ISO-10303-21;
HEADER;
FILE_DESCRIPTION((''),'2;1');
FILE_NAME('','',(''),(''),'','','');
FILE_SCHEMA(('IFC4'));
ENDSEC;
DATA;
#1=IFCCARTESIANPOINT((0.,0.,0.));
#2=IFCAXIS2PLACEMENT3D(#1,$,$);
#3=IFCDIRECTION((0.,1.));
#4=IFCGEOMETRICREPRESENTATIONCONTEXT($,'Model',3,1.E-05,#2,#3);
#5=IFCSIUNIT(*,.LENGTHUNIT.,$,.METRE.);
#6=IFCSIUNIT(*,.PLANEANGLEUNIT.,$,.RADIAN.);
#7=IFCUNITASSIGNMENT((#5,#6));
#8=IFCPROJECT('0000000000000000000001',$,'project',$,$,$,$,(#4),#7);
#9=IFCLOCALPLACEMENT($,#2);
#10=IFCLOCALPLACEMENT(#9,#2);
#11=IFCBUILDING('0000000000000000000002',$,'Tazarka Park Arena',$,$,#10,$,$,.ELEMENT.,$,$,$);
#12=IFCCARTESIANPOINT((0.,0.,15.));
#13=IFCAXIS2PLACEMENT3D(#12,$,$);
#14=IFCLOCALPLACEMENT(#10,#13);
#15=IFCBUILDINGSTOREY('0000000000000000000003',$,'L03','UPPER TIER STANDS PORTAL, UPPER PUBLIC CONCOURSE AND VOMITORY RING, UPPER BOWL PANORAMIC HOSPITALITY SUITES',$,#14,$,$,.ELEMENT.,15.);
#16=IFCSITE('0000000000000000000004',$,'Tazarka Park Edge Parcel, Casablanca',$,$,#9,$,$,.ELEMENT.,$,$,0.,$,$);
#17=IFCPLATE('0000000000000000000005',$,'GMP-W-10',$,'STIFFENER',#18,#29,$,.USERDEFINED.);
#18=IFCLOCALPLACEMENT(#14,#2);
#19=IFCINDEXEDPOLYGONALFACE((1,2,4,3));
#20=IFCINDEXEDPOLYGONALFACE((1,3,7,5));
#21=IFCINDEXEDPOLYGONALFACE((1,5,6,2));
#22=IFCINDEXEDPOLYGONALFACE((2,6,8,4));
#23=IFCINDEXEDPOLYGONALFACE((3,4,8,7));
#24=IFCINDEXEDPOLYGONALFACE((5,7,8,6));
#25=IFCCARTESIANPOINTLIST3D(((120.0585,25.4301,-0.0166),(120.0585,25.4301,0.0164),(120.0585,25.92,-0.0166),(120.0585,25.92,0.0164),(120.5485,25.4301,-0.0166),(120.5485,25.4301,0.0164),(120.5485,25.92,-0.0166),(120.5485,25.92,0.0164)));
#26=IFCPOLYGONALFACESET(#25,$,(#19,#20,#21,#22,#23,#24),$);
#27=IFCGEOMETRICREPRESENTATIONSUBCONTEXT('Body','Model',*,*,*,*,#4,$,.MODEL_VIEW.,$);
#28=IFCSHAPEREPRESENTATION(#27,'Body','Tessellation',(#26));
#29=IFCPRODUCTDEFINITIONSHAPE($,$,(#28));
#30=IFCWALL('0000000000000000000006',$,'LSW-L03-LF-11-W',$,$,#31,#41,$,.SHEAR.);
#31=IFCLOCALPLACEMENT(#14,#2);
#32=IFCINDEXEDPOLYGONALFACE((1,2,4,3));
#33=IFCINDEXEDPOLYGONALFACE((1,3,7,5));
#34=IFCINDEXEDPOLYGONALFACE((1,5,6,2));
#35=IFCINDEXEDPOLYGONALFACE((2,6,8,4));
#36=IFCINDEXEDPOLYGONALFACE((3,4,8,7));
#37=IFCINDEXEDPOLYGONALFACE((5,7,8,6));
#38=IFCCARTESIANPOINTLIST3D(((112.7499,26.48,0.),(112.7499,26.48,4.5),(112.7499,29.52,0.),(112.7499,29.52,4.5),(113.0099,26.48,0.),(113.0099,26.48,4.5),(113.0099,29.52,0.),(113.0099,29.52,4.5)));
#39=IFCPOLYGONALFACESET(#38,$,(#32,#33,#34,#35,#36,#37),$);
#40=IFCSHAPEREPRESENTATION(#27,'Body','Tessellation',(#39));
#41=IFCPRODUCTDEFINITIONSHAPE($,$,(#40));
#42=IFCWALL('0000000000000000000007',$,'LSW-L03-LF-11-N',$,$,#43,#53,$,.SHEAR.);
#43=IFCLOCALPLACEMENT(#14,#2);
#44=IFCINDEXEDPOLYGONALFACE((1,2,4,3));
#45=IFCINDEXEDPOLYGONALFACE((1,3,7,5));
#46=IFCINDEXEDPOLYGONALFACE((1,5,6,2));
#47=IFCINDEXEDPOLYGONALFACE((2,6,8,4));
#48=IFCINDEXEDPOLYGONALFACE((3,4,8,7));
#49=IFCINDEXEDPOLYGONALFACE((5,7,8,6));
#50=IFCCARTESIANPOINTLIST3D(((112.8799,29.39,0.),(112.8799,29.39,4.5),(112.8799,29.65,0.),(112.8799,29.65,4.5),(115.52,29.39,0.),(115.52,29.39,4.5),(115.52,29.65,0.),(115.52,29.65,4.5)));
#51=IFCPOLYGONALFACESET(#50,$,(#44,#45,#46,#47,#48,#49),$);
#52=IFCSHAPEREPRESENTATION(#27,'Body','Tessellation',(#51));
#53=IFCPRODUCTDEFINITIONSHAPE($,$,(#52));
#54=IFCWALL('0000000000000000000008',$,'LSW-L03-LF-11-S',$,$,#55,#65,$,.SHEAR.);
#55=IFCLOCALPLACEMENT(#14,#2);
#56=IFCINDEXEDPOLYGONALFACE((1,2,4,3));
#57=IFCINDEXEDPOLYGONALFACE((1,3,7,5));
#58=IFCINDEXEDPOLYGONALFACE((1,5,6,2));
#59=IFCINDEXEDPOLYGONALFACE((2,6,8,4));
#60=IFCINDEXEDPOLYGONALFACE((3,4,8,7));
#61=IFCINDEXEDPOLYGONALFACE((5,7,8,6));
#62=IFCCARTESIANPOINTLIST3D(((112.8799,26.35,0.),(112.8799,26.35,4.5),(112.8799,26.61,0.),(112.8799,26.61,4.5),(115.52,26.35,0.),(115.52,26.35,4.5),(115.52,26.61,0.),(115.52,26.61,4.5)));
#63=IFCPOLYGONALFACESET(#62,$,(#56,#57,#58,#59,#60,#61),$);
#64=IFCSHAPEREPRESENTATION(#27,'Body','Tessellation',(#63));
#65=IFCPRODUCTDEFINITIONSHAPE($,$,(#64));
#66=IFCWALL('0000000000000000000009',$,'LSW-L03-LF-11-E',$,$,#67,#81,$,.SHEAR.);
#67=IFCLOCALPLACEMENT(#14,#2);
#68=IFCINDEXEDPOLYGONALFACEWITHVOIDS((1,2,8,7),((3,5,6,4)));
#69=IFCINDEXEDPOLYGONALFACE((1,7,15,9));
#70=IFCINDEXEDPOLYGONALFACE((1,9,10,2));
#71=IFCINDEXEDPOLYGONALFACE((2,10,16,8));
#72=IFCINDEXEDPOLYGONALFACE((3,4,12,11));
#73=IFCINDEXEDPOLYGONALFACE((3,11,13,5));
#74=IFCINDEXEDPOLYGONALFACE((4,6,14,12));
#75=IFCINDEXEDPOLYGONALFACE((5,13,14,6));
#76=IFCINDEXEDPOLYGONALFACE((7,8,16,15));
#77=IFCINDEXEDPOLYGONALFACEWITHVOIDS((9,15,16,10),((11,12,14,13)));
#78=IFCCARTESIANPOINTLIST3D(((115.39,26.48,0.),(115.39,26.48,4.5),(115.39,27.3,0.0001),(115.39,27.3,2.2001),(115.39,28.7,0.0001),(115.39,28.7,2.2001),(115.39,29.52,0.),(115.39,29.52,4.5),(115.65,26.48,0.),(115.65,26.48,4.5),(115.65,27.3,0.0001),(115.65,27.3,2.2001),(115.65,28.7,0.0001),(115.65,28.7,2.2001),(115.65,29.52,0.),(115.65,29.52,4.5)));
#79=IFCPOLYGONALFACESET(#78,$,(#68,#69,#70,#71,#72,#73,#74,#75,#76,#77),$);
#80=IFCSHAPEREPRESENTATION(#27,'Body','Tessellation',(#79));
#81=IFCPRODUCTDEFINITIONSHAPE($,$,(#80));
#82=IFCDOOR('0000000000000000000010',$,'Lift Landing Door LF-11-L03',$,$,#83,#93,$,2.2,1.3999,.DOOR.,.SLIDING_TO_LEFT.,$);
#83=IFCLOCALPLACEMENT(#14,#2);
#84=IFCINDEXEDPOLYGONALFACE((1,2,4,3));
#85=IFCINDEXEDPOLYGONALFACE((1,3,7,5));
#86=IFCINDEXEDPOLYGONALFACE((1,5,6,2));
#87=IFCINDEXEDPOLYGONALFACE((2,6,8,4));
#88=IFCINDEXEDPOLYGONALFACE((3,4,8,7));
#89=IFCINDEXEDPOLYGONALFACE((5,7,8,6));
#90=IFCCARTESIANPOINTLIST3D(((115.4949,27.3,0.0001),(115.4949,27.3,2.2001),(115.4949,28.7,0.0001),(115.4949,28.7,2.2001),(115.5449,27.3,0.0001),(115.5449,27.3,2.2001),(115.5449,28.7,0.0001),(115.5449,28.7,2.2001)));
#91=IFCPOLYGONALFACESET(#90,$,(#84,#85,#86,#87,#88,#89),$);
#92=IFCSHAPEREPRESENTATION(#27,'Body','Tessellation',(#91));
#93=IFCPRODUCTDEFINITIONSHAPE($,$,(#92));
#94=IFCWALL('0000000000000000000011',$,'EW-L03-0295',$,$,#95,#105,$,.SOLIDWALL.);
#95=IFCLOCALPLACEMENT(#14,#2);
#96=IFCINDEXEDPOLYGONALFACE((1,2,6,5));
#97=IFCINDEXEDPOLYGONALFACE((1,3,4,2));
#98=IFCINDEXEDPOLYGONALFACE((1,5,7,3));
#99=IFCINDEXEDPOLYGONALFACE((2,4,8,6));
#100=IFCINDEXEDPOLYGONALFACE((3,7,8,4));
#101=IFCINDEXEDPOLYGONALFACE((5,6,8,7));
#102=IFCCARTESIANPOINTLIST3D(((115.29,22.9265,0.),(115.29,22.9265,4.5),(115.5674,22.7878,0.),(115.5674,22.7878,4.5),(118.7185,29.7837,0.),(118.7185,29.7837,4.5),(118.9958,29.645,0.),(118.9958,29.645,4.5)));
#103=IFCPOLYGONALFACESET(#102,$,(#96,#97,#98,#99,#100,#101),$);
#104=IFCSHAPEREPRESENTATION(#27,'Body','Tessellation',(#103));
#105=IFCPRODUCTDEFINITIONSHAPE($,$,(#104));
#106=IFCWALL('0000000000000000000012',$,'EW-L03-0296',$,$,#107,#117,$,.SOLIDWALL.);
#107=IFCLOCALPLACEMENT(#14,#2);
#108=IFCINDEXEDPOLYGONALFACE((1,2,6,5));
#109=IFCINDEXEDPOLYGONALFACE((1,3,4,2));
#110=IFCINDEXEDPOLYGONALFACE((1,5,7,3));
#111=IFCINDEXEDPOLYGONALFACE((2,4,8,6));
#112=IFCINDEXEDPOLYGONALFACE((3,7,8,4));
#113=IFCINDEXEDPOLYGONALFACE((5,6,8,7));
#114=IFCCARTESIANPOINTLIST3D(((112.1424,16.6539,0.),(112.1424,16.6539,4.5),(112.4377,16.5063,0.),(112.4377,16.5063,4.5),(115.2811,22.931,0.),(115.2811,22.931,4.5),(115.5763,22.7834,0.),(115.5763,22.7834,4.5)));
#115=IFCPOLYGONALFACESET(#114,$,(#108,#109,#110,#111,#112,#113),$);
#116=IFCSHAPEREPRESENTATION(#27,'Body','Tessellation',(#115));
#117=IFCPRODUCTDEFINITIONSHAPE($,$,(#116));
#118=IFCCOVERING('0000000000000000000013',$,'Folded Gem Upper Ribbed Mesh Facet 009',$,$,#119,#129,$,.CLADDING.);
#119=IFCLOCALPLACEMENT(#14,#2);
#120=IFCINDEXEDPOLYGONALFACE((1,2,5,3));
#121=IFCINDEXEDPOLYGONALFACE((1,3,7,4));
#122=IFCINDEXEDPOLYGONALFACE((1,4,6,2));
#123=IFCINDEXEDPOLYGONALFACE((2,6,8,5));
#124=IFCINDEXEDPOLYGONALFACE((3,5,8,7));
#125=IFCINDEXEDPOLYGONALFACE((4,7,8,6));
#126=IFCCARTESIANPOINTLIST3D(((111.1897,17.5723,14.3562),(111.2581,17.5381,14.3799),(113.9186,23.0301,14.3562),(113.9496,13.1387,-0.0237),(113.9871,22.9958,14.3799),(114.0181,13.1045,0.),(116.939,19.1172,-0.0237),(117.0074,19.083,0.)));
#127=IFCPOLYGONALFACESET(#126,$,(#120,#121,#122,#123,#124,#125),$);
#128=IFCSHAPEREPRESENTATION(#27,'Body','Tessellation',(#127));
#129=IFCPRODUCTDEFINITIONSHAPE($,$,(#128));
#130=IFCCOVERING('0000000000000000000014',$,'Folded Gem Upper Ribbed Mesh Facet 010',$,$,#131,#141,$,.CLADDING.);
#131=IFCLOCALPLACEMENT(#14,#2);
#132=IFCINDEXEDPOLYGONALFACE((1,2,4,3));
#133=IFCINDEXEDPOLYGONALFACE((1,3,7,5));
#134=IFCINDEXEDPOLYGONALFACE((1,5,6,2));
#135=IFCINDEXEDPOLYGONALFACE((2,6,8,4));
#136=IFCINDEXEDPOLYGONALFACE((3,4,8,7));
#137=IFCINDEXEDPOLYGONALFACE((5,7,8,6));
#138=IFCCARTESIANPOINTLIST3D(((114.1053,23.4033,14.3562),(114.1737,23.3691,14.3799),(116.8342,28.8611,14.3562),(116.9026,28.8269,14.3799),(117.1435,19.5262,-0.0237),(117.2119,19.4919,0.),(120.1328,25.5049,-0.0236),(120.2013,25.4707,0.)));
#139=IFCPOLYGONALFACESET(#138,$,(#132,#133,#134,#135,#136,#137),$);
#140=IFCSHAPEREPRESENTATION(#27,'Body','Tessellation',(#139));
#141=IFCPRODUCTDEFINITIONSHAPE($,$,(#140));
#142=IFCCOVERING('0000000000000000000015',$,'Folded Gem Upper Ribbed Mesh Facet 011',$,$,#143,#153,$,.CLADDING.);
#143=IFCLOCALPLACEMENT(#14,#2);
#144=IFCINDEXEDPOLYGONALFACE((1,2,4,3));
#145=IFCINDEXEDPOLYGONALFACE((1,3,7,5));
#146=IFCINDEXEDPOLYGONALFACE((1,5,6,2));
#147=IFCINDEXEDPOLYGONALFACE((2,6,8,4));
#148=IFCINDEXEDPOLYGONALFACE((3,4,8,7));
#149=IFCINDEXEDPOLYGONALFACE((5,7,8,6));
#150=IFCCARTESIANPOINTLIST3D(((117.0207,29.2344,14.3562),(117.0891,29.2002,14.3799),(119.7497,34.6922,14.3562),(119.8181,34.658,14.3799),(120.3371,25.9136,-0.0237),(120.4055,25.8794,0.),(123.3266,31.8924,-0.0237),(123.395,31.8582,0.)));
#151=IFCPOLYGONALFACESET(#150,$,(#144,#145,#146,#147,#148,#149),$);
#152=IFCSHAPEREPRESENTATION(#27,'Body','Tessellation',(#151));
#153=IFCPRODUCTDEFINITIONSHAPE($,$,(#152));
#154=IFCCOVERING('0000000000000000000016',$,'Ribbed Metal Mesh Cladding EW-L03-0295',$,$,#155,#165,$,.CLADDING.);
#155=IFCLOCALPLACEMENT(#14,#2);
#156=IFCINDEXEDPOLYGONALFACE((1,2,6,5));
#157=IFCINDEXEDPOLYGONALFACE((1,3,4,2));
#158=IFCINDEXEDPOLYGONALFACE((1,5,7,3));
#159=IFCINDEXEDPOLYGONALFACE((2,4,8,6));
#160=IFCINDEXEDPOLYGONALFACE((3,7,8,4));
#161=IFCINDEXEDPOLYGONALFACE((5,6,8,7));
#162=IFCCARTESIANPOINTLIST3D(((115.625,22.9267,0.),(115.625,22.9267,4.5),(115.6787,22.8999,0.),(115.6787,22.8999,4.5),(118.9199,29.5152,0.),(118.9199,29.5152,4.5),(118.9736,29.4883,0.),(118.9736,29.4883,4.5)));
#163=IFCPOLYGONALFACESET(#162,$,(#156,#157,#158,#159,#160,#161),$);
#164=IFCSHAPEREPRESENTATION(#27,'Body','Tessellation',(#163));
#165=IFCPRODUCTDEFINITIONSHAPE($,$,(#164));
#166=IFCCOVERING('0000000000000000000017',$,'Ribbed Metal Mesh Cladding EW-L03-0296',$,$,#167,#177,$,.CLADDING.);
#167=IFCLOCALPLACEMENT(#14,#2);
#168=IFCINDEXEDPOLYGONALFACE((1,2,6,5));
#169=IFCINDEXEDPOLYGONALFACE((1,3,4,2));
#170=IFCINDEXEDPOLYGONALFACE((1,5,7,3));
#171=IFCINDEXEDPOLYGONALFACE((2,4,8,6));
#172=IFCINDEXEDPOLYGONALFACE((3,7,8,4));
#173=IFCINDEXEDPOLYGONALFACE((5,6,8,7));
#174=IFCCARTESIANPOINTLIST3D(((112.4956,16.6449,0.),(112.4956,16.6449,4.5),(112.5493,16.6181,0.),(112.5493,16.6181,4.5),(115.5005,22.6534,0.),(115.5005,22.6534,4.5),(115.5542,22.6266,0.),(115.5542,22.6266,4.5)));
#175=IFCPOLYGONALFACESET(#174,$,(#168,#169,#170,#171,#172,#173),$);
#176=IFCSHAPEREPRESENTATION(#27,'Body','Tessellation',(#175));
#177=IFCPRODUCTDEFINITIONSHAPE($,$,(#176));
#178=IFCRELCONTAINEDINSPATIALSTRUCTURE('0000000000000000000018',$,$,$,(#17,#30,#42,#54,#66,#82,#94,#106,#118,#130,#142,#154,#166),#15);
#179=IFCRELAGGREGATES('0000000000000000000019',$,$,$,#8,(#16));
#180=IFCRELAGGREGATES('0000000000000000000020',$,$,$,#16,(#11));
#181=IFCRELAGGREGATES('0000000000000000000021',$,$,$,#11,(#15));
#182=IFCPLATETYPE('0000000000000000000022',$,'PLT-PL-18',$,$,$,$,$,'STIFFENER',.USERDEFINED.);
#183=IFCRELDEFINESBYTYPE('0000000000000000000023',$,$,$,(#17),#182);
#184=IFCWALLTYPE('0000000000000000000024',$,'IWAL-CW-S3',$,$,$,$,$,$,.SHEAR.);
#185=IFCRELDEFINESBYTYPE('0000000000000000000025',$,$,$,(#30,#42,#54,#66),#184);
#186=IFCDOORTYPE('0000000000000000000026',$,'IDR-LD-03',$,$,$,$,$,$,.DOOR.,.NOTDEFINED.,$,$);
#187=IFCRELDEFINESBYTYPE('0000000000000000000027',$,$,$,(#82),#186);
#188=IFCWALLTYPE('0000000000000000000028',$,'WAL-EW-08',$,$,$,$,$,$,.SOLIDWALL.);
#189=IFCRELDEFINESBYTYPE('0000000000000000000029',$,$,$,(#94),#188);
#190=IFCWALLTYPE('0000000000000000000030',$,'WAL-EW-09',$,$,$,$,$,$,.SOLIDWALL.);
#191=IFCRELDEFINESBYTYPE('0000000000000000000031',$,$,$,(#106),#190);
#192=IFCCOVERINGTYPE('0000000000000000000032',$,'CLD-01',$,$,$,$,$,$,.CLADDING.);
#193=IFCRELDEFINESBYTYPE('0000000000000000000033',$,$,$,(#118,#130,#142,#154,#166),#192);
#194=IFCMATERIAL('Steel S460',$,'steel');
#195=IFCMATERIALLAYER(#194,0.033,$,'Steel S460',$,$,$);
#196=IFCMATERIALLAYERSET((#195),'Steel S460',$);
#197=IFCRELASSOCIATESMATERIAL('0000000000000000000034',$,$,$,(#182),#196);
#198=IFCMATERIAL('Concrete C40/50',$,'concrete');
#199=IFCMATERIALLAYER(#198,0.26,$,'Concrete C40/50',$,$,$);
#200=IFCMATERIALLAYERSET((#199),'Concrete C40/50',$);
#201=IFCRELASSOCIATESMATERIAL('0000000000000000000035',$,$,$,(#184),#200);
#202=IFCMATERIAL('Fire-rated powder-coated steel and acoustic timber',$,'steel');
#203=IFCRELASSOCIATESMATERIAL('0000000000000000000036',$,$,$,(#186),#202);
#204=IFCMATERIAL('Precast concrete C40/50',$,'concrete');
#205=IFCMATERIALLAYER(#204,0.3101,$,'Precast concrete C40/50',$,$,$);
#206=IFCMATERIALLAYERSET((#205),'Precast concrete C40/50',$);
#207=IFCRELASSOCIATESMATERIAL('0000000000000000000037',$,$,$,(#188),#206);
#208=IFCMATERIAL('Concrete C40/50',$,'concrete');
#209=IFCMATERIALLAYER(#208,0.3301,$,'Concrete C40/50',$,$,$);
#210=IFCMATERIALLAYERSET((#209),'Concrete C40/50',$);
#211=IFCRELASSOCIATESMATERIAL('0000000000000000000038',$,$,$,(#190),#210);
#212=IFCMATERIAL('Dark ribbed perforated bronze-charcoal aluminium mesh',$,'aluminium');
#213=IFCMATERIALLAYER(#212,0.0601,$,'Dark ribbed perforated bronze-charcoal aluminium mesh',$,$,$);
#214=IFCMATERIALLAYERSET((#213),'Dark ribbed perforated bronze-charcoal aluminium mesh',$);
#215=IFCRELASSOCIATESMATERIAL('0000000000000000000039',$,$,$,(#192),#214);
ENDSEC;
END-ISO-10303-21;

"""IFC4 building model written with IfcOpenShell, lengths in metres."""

from ifc_helpers import new_model, si_unit, direction, frame, frame_2d, origin, origin_2d, place, context, subcontext, project, spatial, polyline, rectangle, outline, extrude, material, layer, layer_set, type_object, element, fill, save


model = new_model("IFC4")

# Units and contexts
model_context = context("Model", 3, precision=1e-05, world=origin(), true_north=direction((0.0, 1.0)))
body_context = subcontext(model_context, "Body", "Model", "MODEL_VIEW")
ifc_project = project(units=[si_unit("LENGTHUNIT", "METRE"), si_unit("PLANEANGLEUNIT", "RADIAN")], contexts=[model_context])

# Site, building, storey
site_placement = place(None, origin())
site = spatial("IfcSite", under=ifc_project, at=site_placement, Name="Tazarka Park Edge Parcel, Casablanca", CompositionType="ELEMENT", RefElevation=0.0)
building_placement = place(site_placement, origin())
building = spatial("IfcBuilding", under=site, at=building_placement, Name="Tazarka Park Arena", CompositionType="ELEMENT")
storey_placement = place(building_placement, frame((0.0, 0.0, 15.0)))
storey = spatial("IfcBuildingStorey", under=building, at=storey_placement, Name="L03", Description="UPPER TIER STANDS PORTAL, UPPER PUBLIC CONCOURSE AND VOMITORY RING, UPPER BOWL PANORAMIC HOSPITALITY SUITES", CompositionType="ELEMENT", Elevation=15.0)

# Plate
ifc_material_1 = material(Name="Steel S460", Category="steel")
ifc_layer_1 = layer(ifc_material_1, 0.033, Name="Steel S460")
ifc_layer_set_1 = layer_set([ifc_layer_1], Name="Steel S460")
plate_type_1 = type_object("IfcPlateType", Name="PLT-PL-18", ElementType="STIFFENER", PredefinedType="USERDEFINED", material=ifc_layer_set_1)
plate_1_placement = place(storey_placement, frame((120.3035, 25.675, -0.0166), z_axis=(0.0, 0.0, 1.0), x_axis=(1.0, 0.0, 0.0)))
element("IfcPlate", 1, at=plate_1_placement, inside=storey, type_object=plate_type_1, Name="GMP-W-10", ObjectType="STIFFENER", PredefinedType="USERDEFINED", context=body_context, shape_type="SweptSolid", body=[
    extrude(rectangle(XDim=0.49, YDim=0.49, at=origin_2d()), origin(), (0.0, 0.0, 1.0), 0.033),
])

# Walls
ifc_material_2 = material(Name="Concrete C40/50", Category="concrete")
ifc_layer_2 = layer(ifc_material_2, 0.26, Name="Concrete C40/50")
ifc_layer_set_2 = layer_set([ifc_layer_2], Name="Concrete C40/50")
wall_type_1 = type_object("IfcWallType", Name="IWAL-CW-S3", PredefinedType="SHEAR", material=ifc_layer_set_2)
wall_1_placement = place(storey_placement, frame((112.8799, 26.48, 0.0), z_axis=(0.0, 0.0, 1.0), x_axis=(0.0, 1.0, 0.0)))
element("IfcWall", 2, at=wall_1_placement, inside=storey, type_object=wall_type_1, Name="LSW-L03-LF-11-W", PredefinedType="SHEAR", context=body_context, shape_type="SweptSolid", body=[
    extrude(rectangle(XDim=3.04, YDim=0.26, at=frame_2d((1.52, 0.0))), origin(), (0.0, 0.0, 1.0), 4.5),
])
for number, where, z_axis, x_axis, name in (
    (3, (112.8799, 29.52, 0.0), (0.0, 0.0, 1.0), (1.0, 0.0, 0.0), "LSW-L03-LF-11-N"),
    (4, (115.52, 26.48, 0.0), (0.0, 0.0, 1.0), (-1.0, 0.0, 0.0), "LSW-L03-LF-11-S"),
):
    element("IfcWall", number, at=place(storey_placement, frame(where, z_axis=z_axis, x_axis=x_axis)), inside=storey, type_object=wall_type_1, Name=name, PredefinedType="SHEAR", context=body_context, shape_type="SweptSolid", body=[
        extrude(rectangle(XDim=2.6401, YDim=0.26, at=frame_2d((1.3201, 0.0))), origin(), (0.0, 0.0, 1.0), 4.5),
    ])

# Wall, opening, door
wall_2_placement = place(storey_placement, frame((115.52, 29.52, 0.0), z_axis=(0.0, 0.0, 1.0), x_axis=(0.0, -1.0, 0.0)))
wall_2 = element("IfcWall", 5, at=wall_2_placement, inside=storey, type_object=wall_type_1, Name="LSW-L03-LF-11-E", PredefinedType="SHEAR", context=body_context, shape_type="SweptSolid", body=[
    extrude(rectangle(XDim=3.04, YDim=0.26, at=frame_2d((1.52, 0.0))), origin(), (0.0, 0.0, 1.0), 4.5),
])
opening_placement = place(wall_2_placement, frame((0.8201, 0.0, 0.0)))
opening = element("IfcOpeningElement", 6, at=opening_placement, cuts=wall_2, PredefinedType="OPENING", context=body_context, shape_type="SweptSolid", body=[
    extrude(rectangle(XDim=1.3999, YDim=2.2, at=frame_2d((0.7, 1.1001))), frame((0.0, 0.1401, 0.0), z_axis=(0.0, -1.0, 0.0), x_axis=(1.0, 0.0, 0.0)), (0.0, 0.0, 1.0), 0.28),
])
ifc_material_3 = material(Name="Fire-rated powder-coated steel and acoustic timber", Category="steel")
door_type = type_object("IfcDoorType", Name="IDR-LD-03", OperationType="NOTDEFINED", PredefinedType="DOOR", material=ifc_material_3)
door_placement = place(opening_placement, origin())
door = element("IfcDoor", 7, at=door_placement, inside=storey, type_object=door_type, Name="Lift Landing Door LF-11-L03", OperationType="SLIDING_TO_LEFT", OverallHeight=2.2, OverallWidth=1.3999, PredefinedType="DOOR", context=body_context, shape_type="SweptSolid", body=[
    extrude(rectangle(XDim=1.3999, YDim=2.2, at=frame_2d((0.7, 1.1001))), frame((0.0, 0.0249, 0.0), z_axis=(0.0, -1.0, 0.0), x_axis=(1.0, 0.0, 0.0)), (0.0, 0.0, 1.0), 0.05),
])
fill(opening, door)

# Walls
ifc_material_4 = material(Name="Precast concrete C40/50", Category="concrete")
ifc_layer_3 = layer(ifc_material_4, 0.3101, Name="Precast concrete C40/50")
ifc_layer_set_3 = layer_set([ifc_layer_3], Name="Precast concrete C40/50")
wall_type_2 = type_object("IfcWallType", Name="WAL-EW-08", PredefinedType="SOLIDWALL", material=ifc_layer_set_3)
wall_3_placement = place(storey_placement, frame((118.8572, 29.7144, 0.0), z_axis=(0.0, 0.0, 1.0), x_axis=(-0.447201, -0.894434, 0.0)))
element("IfcWall", 8, at=wall_3_placement, inside=storey, type_object=wall_type_2, Name="EW-L03-0295", PredefinedType="SOLIDWALL", context=body_context, shape_type="SweptSolid", body=[
    extrude(rectangle(XDim=7.6665, YDim=0.3101, at=frame_2d((3.8333, 0.0))), origin(), (0.0, 0.0, 1.0), 4.5),
])
ifc_material_5 = material(Name="Concrete C40/50", Category="concrete")
ifc_layer_4 = layer(ifc_material_5, 0.3301, Name="Concrete C40/50")
ifc_layer_set_4 = layer_set([ifc_layer_4], Name="Concrete C40/50")
wall_type_3 = type_object("IfcWallType", Name="WAL-EW-09", PredefinedType="SOLIDWALL", material=ifc_layer_set_4)
wall_4_placement = place(storey_placement, frame((115.4287, 22.8572, 0.0), z_axis=(0.0, 0.0, 1.0), x_axis=(-0.447228, -0.89442, 0.0)))
element("IfcWall", 9, at=wall_4_placement, inside=storey, type_object=wall_type_3, Name="EW-L03-0296", PredefinedType="SOLIDWALL", context=body_context, shape_type="SweptSolid", body=[
    extrude(rectangle(XDim=7.0181, YDim=0.3301, at=frame_2d((3.509, 0.0))), origin(), (0.0, 0.0, 1.0), 4.5),
])

# Coverings
ifc_material_6 = material(Name="Dark ribbed perforated bronze-charcoal aluminium mesh", Category="aluminium")
ifc_layer_5 = layer(ifc_material_6, 0.0601, Name="Dark ribbed perforated bronze-charcoal aluminium mesh")
ifc_layer_set_5 = layer_set([ifc_layer_5], Name="Dark ribbed perforated bronze-charcoal aluminium mesh")
covering_type = type_object("IfcCoveringType", Name="CLD-01", PredefinedType="CLADDING", material=ifc_layer_set_5)
covering_1_placement = place(storey_placement, frame((114.0181, 13.1045, 0.0), z_axis=(0.854423, -0.42722, 0.29571), x_axis=(0.447221, 0.894424, 0.000002)))
element("IfcCovering", 10, at=covering_1_placement, inside=storey, type_object=covering_type, Name="Folded Gem Upper Ribbed Mesh Facet 009", PredefinedType="CLADDING", context=body_context, shape_type="SweptSolid", body=[
    extrude(outline(polyline([(0.0, 0.0), (6.6842, 0.0), (8.8332, 15.0531), (2.7312, 15.0531), (0.0, 0.0)])), origin(), (0.0, 0.0, -1.0), 0.0801),
])
covering_2_placement = place(storey_placement, frame((117.2119, 19.4919, 0.0), z_axis=(0.854426, -0.427213, 0.295713), x_axis=(0.447212, 0.894428, 0.000005)))
element("IfcCovering", 11, at=covering_2_placement, inside=storey, type_object=covering_type, Name="Folded Gem Upper Ribbed Mesh Facet 010", PredefinedType="CLADDING", context=body_context, shape_type="SweptSolid", body=[
    extrude(outline(polyline([(0.0, 0.0), (6.6844, 0.0), (8.2112, 15.0531), (2.1092, 15.0531), (0.0, 0.0)])), origin(), (0.0, 0.0, -1.0), 0.0801),
])
covering_3_placement = place(storey_placement, frame((120.4055, 25.8794, 0.0), z_axis=(0.854418, -0.427227, 0.295714), x_axis=(0.447229, 0.89442, 0.0)))
element("IfcCovering", 12, at=covering_3_placement, inside=storey, type_object=covering_type, Name="Folded Gem Upper Ribbed Mesh Facet 011", PredefinedType="CLADDING", context=body_context, shape_type="SweptSolid", body=[
    extrude(outline(polyline([(0.0, 0.0), (6.6845, 0.0), (7.589, 15.0531), (1.487, 15.0531), (0.0, 0.0)])), origin(), (0.0, 0.0, -1.0), 0.0801),
])
covering_4_placement = place(storey_placement, frame((117.2993, 26.2075, 0.0), z_axis=(0.0, 0.0, 1.0), x_axis=(-0.447291, -0.894389, 0.0)))
element("IfcCovering", 13, at=covering_4_placement, inside=storey, type_object=covering_type, Name="Ribbed Metal Mesh Cladding EW-L03-0295", PredefinedType="CLADDING", context=body_context, shape_type="SweptSolid", body=[
    extrude(rectangle(XDim=7.3665, YDim=0.0601, at=origin_2d()), origin(), (0.0, 0.0, 1.0), 4.5),
])
covering_5_placement = place(storey_placement, frame((114.0249, 19.6357, 0.0), z_axis=(0.0, 0.0, 1.0), x_axis=(-0.447291, -0.894389, 0.0)))
element("IfcCovering", 14, at=covering_5_placement, inside=storey, type_object=covering_type, Name="Ribbed Metal Mesh Cladding EW-L03-0296", PredefinedType="CLADDING", context=body_context, shape_type="SweptSolid", body=[
    extrude(rectangle(XDim=6.718, YDim=0.0601, at=origin_2d()), origin(), (0.0, 0.0, 1.0), 4.5),
])

save(model, "model.ifc")
